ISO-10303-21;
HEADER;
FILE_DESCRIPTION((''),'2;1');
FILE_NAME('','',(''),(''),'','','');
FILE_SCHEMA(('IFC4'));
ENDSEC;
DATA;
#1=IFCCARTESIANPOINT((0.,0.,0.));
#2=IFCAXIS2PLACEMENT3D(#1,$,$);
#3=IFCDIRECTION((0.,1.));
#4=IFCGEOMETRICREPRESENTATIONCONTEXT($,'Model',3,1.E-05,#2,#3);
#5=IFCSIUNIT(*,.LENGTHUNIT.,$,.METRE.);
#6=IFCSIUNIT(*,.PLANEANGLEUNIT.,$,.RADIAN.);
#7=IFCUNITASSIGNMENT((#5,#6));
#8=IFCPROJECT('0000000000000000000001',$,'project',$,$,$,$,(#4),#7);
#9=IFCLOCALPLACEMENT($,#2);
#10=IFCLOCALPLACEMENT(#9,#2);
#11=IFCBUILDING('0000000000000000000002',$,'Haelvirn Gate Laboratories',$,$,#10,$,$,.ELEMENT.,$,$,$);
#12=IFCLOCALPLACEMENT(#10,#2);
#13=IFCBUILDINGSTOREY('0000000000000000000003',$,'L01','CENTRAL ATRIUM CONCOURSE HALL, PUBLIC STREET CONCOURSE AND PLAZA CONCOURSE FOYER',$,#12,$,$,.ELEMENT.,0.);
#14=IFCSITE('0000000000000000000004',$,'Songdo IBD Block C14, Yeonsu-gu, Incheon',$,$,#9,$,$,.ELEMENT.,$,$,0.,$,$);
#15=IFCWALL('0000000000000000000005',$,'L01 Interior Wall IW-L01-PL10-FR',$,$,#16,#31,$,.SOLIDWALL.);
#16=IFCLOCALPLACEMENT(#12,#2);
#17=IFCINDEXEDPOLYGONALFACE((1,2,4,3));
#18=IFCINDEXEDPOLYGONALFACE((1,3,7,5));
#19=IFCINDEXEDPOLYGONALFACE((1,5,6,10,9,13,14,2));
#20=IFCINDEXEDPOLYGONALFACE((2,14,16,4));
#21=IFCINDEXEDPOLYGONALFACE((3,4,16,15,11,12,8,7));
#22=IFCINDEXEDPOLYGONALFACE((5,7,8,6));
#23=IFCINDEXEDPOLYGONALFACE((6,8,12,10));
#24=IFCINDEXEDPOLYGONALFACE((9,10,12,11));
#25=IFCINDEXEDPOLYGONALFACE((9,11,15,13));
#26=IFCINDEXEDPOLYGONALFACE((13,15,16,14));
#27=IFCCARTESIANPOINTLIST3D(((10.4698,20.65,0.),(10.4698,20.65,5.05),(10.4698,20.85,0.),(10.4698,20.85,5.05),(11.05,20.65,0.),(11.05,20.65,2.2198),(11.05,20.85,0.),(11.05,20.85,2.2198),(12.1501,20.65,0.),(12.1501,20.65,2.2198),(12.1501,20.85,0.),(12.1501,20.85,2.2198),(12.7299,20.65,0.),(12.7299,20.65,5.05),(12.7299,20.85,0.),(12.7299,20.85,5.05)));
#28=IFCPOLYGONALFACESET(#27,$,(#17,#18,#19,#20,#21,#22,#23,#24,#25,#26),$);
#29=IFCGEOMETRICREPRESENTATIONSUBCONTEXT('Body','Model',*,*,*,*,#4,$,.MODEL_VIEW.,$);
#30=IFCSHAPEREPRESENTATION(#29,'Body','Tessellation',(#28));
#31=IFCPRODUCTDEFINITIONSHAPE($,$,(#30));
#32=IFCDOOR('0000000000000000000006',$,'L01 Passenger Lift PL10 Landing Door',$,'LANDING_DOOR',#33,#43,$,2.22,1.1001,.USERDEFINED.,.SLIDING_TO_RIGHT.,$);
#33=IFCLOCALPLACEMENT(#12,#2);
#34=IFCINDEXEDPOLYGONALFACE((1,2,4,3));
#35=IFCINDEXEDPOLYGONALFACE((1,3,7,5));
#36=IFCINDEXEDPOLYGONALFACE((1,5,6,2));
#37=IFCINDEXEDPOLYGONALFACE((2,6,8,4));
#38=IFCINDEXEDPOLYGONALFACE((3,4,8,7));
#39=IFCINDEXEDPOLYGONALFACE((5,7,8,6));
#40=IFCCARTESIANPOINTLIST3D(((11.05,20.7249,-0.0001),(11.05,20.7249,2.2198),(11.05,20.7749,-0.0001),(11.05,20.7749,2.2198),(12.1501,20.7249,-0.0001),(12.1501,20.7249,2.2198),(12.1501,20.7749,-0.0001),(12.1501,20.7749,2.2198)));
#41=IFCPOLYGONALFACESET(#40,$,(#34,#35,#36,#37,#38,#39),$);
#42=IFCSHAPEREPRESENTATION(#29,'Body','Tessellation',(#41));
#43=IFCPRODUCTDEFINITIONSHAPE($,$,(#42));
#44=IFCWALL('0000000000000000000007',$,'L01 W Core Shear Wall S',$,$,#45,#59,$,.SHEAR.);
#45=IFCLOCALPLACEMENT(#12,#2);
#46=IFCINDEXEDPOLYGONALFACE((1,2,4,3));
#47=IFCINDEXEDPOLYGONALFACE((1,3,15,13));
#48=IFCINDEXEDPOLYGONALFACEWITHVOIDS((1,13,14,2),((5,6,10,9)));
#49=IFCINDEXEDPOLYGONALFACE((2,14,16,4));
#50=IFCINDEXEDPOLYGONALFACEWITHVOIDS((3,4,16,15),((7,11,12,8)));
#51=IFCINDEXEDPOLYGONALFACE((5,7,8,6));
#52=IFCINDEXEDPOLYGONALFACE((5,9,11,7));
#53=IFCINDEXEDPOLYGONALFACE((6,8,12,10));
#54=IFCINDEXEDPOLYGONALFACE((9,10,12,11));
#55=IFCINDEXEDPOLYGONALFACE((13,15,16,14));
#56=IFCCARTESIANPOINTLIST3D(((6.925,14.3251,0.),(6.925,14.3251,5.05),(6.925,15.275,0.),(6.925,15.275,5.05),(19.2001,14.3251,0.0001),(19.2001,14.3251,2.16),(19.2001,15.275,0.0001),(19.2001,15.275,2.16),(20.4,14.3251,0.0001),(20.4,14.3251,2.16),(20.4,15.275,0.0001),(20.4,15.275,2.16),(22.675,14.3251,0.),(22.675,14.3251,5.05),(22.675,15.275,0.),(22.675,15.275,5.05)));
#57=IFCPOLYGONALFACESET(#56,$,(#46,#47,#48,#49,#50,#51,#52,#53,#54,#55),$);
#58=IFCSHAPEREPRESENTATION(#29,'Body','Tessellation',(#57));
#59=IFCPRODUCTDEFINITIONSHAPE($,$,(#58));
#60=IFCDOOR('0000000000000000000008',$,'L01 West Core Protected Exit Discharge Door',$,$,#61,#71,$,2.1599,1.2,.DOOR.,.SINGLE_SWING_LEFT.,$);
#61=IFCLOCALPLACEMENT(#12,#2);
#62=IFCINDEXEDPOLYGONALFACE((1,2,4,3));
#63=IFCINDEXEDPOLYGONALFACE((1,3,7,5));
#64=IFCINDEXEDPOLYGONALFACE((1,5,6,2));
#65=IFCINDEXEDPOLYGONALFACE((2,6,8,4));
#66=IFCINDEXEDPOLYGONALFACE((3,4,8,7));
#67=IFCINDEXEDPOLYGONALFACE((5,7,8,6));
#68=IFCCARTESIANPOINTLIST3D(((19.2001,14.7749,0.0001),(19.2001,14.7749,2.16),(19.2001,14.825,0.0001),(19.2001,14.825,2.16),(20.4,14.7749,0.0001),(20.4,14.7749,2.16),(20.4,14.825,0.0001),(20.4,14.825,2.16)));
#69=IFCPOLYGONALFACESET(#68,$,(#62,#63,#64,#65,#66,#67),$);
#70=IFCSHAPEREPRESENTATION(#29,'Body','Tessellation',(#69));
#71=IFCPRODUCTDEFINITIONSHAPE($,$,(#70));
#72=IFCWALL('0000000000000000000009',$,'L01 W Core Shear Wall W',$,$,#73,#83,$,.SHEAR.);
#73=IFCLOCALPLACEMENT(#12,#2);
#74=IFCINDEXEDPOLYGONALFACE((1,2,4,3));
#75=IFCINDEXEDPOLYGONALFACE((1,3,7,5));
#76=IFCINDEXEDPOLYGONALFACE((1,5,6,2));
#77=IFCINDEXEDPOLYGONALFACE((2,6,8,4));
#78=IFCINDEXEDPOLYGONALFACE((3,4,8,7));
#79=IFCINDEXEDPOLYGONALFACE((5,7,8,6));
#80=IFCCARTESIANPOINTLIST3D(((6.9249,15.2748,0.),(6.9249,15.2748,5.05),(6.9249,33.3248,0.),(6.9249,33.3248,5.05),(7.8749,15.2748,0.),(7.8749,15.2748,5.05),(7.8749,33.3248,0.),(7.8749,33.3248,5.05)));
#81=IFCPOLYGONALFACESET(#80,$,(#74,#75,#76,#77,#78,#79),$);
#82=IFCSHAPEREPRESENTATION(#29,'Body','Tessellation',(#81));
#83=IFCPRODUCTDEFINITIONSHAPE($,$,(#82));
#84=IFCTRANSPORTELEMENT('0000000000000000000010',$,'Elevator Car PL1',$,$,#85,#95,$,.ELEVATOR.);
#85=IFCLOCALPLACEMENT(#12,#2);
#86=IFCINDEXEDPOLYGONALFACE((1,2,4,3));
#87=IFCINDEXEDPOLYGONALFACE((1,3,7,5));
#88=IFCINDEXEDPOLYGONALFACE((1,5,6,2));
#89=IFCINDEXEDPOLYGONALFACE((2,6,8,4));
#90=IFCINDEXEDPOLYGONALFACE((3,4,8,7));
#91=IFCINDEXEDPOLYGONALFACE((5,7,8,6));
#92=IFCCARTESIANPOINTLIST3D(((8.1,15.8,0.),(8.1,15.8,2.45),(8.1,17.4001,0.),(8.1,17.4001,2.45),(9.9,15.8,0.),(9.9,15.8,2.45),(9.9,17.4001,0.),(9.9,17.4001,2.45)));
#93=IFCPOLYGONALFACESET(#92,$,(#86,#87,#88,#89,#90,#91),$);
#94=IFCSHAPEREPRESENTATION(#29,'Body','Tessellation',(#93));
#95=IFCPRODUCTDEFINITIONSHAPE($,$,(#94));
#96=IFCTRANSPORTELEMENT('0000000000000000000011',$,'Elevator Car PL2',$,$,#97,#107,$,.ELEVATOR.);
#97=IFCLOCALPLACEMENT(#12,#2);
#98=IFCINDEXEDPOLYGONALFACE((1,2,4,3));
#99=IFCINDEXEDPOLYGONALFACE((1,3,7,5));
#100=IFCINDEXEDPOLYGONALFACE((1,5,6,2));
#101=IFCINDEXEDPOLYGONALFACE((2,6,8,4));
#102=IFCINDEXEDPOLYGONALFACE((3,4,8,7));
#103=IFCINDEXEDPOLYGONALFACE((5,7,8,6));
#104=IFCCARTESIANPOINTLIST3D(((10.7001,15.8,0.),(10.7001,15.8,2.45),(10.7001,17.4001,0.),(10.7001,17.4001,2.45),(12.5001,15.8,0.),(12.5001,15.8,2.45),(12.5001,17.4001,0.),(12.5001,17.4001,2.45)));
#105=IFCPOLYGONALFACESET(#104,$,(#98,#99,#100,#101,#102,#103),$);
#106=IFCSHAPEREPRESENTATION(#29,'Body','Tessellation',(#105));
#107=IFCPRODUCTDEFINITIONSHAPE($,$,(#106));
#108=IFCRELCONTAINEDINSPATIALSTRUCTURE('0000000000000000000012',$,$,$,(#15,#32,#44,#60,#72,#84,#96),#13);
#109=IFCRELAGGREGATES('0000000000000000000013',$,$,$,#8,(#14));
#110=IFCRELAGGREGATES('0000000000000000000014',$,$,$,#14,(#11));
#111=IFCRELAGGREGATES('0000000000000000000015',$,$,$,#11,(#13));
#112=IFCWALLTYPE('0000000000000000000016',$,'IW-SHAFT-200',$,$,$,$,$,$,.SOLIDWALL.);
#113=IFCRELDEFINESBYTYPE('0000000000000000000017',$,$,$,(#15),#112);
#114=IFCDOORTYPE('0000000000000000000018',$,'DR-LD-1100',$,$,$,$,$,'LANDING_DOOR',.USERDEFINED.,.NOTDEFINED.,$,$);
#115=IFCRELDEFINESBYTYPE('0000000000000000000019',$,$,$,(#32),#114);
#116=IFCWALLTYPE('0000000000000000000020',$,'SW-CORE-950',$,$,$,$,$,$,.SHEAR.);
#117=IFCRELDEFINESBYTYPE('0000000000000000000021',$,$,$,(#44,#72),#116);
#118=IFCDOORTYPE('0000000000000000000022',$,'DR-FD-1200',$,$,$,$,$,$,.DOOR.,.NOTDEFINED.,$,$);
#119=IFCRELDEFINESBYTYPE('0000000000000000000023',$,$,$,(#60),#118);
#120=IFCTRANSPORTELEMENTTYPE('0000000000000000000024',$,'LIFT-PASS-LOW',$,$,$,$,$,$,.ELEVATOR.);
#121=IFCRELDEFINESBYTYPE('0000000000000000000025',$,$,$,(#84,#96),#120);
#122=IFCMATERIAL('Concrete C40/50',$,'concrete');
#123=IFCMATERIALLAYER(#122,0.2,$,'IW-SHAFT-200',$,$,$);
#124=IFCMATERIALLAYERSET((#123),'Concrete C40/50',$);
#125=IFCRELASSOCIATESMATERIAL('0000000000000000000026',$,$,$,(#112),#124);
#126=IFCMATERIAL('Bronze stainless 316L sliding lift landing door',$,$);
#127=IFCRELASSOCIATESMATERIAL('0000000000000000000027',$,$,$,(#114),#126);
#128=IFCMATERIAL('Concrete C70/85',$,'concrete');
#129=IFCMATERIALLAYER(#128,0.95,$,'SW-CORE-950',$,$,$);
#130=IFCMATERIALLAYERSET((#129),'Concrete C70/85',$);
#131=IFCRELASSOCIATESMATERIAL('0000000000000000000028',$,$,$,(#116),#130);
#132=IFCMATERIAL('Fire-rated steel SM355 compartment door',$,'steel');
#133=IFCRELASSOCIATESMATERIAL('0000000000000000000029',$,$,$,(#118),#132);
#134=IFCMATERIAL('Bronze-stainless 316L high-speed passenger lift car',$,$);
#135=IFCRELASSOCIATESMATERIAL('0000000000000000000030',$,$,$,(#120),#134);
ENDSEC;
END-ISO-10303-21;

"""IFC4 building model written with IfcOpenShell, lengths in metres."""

from ifc_helpers import new_model, si_unit, direction, frame, frame_2d, origin, origin_2d, place, context, subcontext, project, spatial, rectangle, extrude, source, transform, mapped, material, layer, layer_set, type_object, type_shapes, element, fill, save


model = new_model("IFC4")

# Units and contexts
model_context = context("Model", 3, precision=1e-05, world=origin(), true_north=direction((0.0, 1.0)))
body_context = subcontext(model_context, "Body", "Model", "MODEL_VIEW")
ifc_project = project(units=[si_unit("LENGTHUNIT", "METRE"), si_unit("PLANEANGLEUNIT", "RADIAN")], contexts=[model_context])

# Site, building, storey
site_placement = place(None, origin())
site = spatial("IfcSite", under=ifc_project, at=site_placement, Name="Songdo IBD Block C14, Yeonsu-gu, Incheon", CompositionType="ELEMENT", RefElevation=0.0)
building_placement = place(site_placement, origin())
building = spatial("IfcBuilding", under=site, at=building_placement, Name="Haelvirn Gate Laboratories", CompositionType="ELEMENT")
storey_placement = place(building_placement, origin())
storey = spatial("IfcBuildingStorey", under=building, at=storey_placement, Name="L01", Description="CENTRAL ATRIUM CONCOURSE HALL, PUBLIC STREET CONCOURSE AND PLAZA CONCOURSE FOYER", CompositionType="ELEMENT", Elevation=0.0)

# Shared definitions
ifc_material_1 = material(Name="Concrete C70/85", Category="concrete")

# Shared definitions
ifc_material_2 = material(Name="Concrete C40/50", Category="concrete")

# Shared definitions
ifc_layer_1 = layer(ifc_material_2, 0.2, Name="IW-SHAFT-200")
ifc_layer_set_1 = layer_set([ifc_layer_1], Name="Concrete C40/50")
wall_type_1 = type_object("IfcWallType", Name="IW-SHAFT-200", PredefinedType="SOLIDWALL", material=ifc_layer_set_1)
ifc_material_3 = material(Name="Bronze stainless 316L sliding lift landing door")
door_type_1 = type_object("IfcDoorType", Name="DR-LD-1100", ElementType="LANDING_DOOR", OperationType="NOTDEFINED", PredefinedType="USERDEFINED", material=ifc_material_3)
shared_shape_1 = source(origin(), body_context, "Body", "SweptSolid", [
    extrude(rectangle(XDim=1.1001, YDim=2.22, at=frame_2d((0.55, 1.1099))), frame((0.0, 0.0249, 0.0), z_axis=(0.0, -1.0, 0.0), x_axis=(1.0, 0.0, 0.0)), (0.0, 0.0, 1.0), 0.05),
])
type_shapes(door_type_1, [shared_shape_1])

# Walls, openings, doors
wall_1_placement = place(storey_placement, frame((10.47, 20.75, 0.0), z_axis=(0.0, 0.0, 1.0), x_axis=(1.0, 0.0, 0.0)))
wall_1 = element("IfcWall", 1, at=wall_1_placement, inside=storey, type_object=wall_type_1, Name="L01 Interior Wall IW-L01-PL10-FR", PredefinedType="SOLIDWALL", context=body_context, shape_type="SweptSolid", body=[
    extrude(rectangle(XDim=2.26, YDim=0.2, at=frame_2d((1.1299, 0.0))), origin(), (0.0, 0.0, 1.0), 5.05),
])
opening_1_placement = place(wall_1_placement, frame((0.5801, 0.0, 0.0)))
opening_1 = element("IfcOpeningElement", 2, at=opening_1_placement, cuts=wall_1, PredefinedType="OPENING", context=body_context, shape_type="SweptSolid", body=[
    extrude(rectangle(XDim=1.1001, YDim=2.22, at=frame_2d((0.55, 1.1099))), frame((0.0, 0.1099, 0.0), z_axis=(0.0, -1.0, 0.0), x_axis=(1.0, 0.0, 0.0)), (0.0, 0.0, 1.0), 0.22),
])
door_1_placement = place(opening_1_placement, origin())
door_1 = element("IfcDoor", 3, at=door_1_placement, inside=storey, type_object=door_type_1, Name="L01 Passenger Lift PL10 Landing Door", ObjectType="LANDING_DOOR", OperationType="SLIDING_TO_RIGHT", OverallHeight=2.22, OverallWidth=1.1001, PredefinedType="USERDEFINED", context=body_context, shape_type="MappedRepresentation", body=[
    mapped(shared_shape_1, transform((0.0, 0.0, 0.0), scale=1.0)),
])
fill(opening_1, door_1)
ifc_layer_2 = layer(ifc_material_1, 0.95, Name="SW-CORE-950")
ifc_layer_set_2 = layer_set([ifc_layer_2], Name="Concrete C70/85")
wall_type_2 = type_object("IfcWallType", Name="SW-CORE-950", PredefinedType="SHEAR", material=ifc_layer_set_2)
wall_2_placement = place(storey_placement, frame((6.925, 14.8, 0.0), z_axis=(0.0, 0.0, 1.0), x_axis=(1.0, 0.0, 0.0)))
wall_2 = element("IfcWall", 4, at=wall_2_placement, inside=storey, type_object=wall_type_2, Name="L01 W Core Shear Wall S", PredefinedType="SHEAR", context=body_context, shape_type="SweptSolid", body=[
    extrude(rectangle(XDim=15.75, YDim=0.95, at=frame_2d((7.875, 0.0))), origin(), (0.0, 0.0, 1.0), 5.05),
])
opening_2_placement = place(wall_2_placement, frame((12.2749, 0.0, 0.0)))
opening_2 = element("IfcOpeningElement", 5, at=opening_2_placement, cuts=wall_2, PredefinedType="OPENING", context=body_context, shape_type="SweptSolid", body=[
    extrude(rectangle(XDim=1.2, YDim=2.1599, at=frame_2d((0.6001, 1.0801))), frame((0.0, 0.4849, 0.0), z_axis=(0.0, -1.0, 0.0), x_axis=(1.0, 0.0, 0.0)), (0.0, 0.0, 1.0), 0.97),
])
ifc_material_4 = material(Name="Fire-rated steel SM355 compartment door", Category="steel")
door_type_2 = type_object("IfcDoorType", Name="DR-FD-1200", OperationType="NOTDEFINED", PredefinedType="DOOR", material=ifc_material_4)
shared_shape_2 = source(origin(), body_context, "Body", "SweptSolid", [
    extrude(rectangle(XDim=1.2, YDim=2.1599, at=frame_2d((0.6001, 1.0801))), frame((0.0, 0.0249, 0.0), z_axis=(0.0, -1.0, 0.0), x_axis=(1.0, 0.0, 0.0)), (0.0, 0.0, 1.0), 0.05),
])
type_shapes(door_type_2, [shared_shape_2])
door_2_placement = place(opening_2_placement, origin())
door_2 = element("IfcDoor", 6, at=door_2_placement, inside=storey, type_object=door_type_2, Name="L01 West Core Protected Exit Discharge Door", OperationType="SINGLE_SWING_LEFT", OverallHeight=2.1599, OverallWidth=1.2, PredefinedType="DOOR", context=body_context, shape_type="MappedRepresentation", body=[
    mapped(shared_shape_2, transform((0.0, 0.0, 0.0), scale=1.0)),
])
fill(opening_2, door_2)

# Wall
wall_3_placement = place(storey_placement, frame((7.3999, 15.2749, 0.0), z_axis=(0.0, 0.0, 1.0), x_axis=(0.0, 1.0, 0.0)))
element("IfcWall", 7, at=wall_3_placement, inside=storey, type_object=wall_type_2, Name="L01 W Core Shear Wall W", PredefinedType="SHEAR", context=body_context, shape_type="SweptSolid", body=[
    extrude(rectangle(XDim=18.05, YDim=0.95, at=frame_2d((9.0249, 0.0))), origin(), (0.0, 0.0, 1.0), 5.05),
])

# Transport elements
ifc_material_5 = material(Name="Bronze-stainless 316L high-speed passenger lift car")
transport_element_type = type_object("IfcTransportElementType", Name="LIFT-PASS-LOW", PredefinedType="ELEVATOR", material=ifc_material_5)
shared_shape_3 = source(origin(), body_context, "Body", "SweptSolid", [
    extrude(rectangle(XDim=1.8, YDim=1.6001, at=origin_2d()), origin(), (0.0, 0.0, 1.0), 2.45),
])
type_shapes(transport_element_type, [shared_shape_3])
for number, where, z_axis, x_axis, name in (
    (8, (9.0, 16.6001, 0.0), (0.0, 0.0, 1.0), (1.0, 0.0, 0.0), "Elevator Car PL1"),
    (9, (11.6001, 16.6001, 0.0), (0.0, 0.0, 1.0), (1.0, 0.0, 0.0), "Elevator Car PL2"),
):
    element("IfcTransportElement", number, at=place(storey_placement, frame(where, z_axis=z_axis, x_axis=x_axis)), inside=storey, type_object=transport_element_type, Name=name, PredefinedType="ELEVATOR", context=body_context, shape_type="MappedRepresentation", body=[
        mapped(shared_shape_3, transform((0.0, 0.0, 0.0), scale=1.0)),
    ])

save(model, "model.ifc")
